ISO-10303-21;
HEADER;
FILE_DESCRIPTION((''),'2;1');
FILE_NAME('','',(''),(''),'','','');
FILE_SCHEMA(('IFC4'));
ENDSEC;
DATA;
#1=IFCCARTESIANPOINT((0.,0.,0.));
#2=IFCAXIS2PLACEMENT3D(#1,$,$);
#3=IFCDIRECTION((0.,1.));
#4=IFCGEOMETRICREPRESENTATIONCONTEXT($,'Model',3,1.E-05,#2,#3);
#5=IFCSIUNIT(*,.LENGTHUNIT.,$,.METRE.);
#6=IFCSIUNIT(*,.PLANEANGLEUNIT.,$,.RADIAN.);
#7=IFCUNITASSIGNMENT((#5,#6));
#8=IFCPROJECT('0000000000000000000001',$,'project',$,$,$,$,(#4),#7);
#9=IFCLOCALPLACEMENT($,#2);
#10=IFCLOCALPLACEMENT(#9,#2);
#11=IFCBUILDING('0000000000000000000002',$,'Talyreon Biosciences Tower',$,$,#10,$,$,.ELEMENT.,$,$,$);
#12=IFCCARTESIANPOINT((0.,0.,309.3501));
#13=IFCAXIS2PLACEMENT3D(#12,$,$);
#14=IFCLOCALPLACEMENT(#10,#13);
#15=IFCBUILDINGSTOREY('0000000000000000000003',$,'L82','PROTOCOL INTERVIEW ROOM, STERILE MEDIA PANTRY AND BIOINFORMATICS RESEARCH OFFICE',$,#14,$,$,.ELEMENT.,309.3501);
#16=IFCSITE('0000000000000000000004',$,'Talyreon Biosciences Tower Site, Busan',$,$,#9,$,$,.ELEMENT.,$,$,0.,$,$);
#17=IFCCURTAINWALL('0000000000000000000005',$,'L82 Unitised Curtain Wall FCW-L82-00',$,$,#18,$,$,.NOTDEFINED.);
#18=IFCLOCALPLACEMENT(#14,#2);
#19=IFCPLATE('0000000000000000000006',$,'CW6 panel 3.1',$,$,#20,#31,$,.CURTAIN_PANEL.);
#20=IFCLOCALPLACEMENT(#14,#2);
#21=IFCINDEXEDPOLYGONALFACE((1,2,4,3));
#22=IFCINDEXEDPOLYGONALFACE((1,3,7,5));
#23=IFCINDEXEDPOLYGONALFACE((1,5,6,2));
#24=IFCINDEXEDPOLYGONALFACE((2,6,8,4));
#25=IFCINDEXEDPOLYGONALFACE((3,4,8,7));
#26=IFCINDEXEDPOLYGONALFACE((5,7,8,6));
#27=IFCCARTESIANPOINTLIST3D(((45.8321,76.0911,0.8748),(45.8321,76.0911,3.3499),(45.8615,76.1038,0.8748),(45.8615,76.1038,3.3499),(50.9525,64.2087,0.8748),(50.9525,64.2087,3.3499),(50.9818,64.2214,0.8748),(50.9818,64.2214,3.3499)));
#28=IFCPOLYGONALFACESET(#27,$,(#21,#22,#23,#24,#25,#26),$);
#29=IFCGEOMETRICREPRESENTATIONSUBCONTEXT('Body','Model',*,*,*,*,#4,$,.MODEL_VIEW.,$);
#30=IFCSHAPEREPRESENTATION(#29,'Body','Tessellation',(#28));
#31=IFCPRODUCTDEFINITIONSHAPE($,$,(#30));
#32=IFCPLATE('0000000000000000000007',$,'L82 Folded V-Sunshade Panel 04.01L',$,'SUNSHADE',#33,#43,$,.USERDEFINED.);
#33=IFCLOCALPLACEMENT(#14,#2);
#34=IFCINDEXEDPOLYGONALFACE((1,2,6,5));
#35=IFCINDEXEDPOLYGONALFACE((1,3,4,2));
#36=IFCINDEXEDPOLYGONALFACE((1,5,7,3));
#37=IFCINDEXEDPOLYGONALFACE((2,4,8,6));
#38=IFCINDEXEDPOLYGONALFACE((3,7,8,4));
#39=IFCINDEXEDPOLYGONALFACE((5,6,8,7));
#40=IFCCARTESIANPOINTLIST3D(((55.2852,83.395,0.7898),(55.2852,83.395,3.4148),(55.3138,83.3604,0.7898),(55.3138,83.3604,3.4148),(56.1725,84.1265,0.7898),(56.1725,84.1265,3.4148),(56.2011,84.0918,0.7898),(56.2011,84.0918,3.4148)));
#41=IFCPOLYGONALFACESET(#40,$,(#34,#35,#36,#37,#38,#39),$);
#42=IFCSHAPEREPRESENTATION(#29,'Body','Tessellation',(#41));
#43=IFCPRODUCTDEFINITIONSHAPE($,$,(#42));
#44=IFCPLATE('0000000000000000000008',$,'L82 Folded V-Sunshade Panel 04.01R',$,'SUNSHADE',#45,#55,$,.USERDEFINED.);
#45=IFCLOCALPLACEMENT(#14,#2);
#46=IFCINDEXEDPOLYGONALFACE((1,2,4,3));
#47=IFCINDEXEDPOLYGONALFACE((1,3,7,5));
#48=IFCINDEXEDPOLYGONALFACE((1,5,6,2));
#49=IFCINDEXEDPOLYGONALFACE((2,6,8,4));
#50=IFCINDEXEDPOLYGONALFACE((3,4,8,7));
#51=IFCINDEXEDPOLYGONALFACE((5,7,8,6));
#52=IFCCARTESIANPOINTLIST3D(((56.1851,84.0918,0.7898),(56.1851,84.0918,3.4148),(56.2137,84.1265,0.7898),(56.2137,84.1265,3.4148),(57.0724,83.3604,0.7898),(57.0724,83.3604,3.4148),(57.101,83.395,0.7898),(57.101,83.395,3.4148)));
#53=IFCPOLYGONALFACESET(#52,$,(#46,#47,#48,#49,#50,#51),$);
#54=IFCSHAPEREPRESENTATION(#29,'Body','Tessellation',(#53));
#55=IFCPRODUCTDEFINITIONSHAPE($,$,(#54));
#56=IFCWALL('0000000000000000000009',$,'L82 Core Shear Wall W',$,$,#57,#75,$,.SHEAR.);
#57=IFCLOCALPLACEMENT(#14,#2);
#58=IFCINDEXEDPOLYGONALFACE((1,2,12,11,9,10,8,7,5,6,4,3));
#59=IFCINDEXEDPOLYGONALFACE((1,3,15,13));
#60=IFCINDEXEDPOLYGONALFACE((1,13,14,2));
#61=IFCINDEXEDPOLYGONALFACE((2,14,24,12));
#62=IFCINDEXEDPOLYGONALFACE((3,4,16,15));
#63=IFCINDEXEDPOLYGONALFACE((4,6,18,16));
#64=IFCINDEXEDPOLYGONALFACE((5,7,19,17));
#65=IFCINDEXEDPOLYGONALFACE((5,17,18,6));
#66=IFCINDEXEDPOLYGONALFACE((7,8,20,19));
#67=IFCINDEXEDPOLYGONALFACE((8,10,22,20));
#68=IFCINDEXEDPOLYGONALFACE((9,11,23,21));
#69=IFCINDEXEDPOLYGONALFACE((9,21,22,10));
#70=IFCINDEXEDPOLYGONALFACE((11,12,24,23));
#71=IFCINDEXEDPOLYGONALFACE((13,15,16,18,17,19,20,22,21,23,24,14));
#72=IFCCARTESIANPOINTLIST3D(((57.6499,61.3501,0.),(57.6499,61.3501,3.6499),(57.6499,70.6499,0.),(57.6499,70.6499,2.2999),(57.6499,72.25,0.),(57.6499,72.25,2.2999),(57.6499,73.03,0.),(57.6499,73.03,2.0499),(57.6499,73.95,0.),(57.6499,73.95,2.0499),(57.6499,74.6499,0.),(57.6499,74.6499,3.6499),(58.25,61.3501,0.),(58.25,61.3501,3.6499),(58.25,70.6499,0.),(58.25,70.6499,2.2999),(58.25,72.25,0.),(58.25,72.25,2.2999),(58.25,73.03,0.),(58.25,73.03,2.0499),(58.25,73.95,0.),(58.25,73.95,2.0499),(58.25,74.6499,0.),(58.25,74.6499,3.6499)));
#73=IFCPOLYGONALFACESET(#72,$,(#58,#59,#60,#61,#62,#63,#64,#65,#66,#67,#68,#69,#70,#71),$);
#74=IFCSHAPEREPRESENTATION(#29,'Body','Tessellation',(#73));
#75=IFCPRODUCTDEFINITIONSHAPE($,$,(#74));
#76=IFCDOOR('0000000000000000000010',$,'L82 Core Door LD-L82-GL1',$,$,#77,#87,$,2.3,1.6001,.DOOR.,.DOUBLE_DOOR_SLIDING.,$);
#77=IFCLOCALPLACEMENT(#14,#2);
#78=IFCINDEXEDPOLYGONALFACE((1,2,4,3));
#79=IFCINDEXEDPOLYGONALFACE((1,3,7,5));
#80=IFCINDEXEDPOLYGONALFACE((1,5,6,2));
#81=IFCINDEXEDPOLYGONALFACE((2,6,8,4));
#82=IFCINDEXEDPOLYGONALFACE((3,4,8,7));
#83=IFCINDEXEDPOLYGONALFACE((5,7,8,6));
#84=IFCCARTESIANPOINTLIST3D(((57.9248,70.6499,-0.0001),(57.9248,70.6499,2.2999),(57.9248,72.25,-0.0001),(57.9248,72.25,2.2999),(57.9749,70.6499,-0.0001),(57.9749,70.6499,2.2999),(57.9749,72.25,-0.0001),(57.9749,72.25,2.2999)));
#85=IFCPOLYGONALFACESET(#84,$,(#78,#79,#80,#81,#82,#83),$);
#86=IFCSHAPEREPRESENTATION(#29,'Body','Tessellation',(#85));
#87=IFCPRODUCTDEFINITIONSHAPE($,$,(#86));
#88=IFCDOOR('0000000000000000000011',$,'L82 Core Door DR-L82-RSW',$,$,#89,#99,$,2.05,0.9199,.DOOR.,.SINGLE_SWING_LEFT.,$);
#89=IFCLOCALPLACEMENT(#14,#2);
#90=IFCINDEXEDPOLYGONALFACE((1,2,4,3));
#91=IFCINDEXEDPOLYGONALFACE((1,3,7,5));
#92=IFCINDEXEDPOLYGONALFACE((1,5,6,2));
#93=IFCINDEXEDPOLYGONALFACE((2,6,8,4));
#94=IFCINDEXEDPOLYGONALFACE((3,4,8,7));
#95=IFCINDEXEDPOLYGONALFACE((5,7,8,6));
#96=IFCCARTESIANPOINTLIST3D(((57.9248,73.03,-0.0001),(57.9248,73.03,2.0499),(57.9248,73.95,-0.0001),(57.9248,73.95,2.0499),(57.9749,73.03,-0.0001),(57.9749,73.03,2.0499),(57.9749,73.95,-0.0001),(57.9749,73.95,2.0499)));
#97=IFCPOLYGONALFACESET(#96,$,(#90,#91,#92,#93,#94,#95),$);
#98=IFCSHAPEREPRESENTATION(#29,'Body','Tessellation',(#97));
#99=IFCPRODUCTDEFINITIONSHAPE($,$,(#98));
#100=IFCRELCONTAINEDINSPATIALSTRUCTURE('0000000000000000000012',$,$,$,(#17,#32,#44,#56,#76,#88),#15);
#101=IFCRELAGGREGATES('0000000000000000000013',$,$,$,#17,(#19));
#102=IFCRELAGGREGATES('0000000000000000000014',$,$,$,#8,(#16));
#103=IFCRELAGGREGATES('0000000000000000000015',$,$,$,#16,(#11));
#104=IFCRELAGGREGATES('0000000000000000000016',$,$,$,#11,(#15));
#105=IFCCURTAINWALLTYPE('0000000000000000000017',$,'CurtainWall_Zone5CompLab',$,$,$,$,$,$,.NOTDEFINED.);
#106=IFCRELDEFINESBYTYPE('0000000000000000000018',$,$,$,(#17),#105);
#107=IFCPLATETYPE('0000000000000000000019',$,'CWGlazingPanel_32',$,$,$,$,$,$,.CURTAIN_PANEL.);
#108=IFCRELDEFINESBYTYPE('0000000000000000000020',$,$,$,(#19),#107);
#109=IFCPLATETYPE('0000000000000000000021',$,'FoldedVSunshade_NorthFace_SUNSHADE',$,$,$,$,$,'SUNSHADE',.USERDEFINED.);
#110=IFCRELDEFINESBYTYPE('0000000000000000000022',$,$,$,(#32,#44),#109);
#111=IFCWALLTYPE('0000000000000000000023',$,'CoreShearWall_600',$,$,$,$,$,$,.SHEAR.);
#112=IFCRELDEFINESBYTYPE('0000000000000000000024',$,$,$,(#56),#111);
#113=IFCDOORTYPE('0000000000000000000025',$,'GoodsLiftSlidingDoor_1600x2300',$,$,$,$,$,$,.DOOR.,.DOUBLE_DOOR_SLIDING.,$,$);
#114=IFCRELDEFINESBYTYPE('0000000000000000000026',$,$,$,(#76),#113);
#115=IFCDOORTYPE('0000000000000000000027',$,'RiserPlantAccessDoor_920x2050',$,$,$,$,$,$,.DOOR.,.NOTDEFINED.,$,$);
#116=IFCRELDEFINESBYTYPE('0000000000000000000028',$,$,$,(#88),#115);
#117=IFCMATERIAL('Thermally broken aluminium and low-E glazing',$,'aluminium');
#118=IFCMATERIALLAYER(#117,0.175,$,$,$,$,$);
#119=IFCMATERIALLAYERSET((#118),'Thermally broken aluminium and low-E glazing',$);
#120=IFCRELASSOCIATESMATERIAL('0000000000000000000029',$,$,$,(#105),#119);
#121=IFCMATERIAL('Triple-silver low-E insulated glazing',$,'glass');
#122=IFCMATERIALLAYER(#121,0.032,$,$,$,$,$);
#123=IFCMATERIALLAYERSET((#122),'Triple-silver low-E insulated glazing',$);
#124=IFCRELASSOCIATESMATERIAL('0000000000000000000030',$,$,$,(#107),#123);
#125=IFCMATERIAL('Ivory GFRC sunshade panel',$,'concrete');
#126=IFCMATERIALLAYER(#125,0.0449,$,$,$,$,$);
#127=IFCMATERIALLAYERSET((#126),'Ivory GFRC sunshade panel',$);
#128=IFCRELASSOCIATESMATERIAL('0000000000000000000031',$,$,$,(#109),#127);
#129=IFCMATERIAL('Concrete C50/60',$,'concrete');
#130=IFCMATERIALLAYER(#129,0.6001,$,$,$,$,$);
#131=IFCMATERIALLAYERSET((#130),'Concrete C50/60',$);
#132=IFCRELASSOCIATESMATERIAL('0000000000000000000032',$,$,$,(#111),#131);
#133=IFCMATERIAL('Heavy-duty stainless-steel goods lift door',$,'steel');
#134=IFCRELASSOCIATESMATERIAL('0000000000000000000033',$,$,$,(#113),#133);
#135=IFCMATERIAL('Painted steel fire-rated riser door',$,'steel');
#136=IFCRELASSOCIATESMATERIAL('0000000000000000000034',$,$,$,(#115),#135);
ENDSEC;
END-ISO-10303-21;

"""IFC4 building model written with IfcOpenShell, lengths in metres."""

from ifc_helpers import new_model, si_unit, direction, frame, frame_2d, origin, origin_2d, place, context, subcontext, project, spatial, rectangle, extrude, material, layer, layer_set, type_object, element, fill, aggregate, save


model = new_model("IFC4")

# Units and contexts
model_context = context("Model", 3, precision=1e-05, world=origin(), true_north=direction((0.0, 1.0)))
body_context = subcontext(model_context, "Body", "Model", "MODEL_VIEW")
ifc_project = project(units=[si_unit("LENGTHUNIT", "METRE"), si_unit("PLANEANGLEUNIT", "RADIAN")], contexts=[model_context])

# Site, building, storey
site_placement = place(None, origin())
site = spatial("IfcSite", under=ifc_project, at=site_placement, Name="Talyreon Biosciences Tower Site, Busan", CompositionType="ELEMENT", RefElevation=0.0)
building_placement = place(site_placement, origin())
building = spatial("IfcBuilding", under=site, at=building_placement, Name="Talyreon Biosciences Tower", CompositionType="ELEMENT")
storey_placement = place(building_placement, frame((0.0, 0.0, 309.3501)))
storey = spatial("IfcBuildingStorey", under=building, at=storey_placement, Name="L82", Description="PROTOCOL INTERVIEW ROOM, STERILE MEDIA PANTRY AND BIOINFORMATICS RESEARCH OFFICE", CompositionType="ELEMENT", Elevation=309.3501)

# Shared definitions
ifc_material_1 = material(Name="Concrete C50/60", Category="concrete")

# Curtain wall
ifc_material_2 = material(Name="Thermally broken aluminium and low-E glazing", Category="aluminium")
ifc_layer_1 = layer(ifc_material_2, 0.175)
ifc_layer_set_1 = layer_set([ifc_layer_1], Name="Thermally broken aluminium and low-E glazing")
curtain_wall_type = type_object("IfcCurtainWallType", Name="CurtainWall_Zone5CompLab", PredefinedType="NOTDEFINED", material=ifc_layer_set_1)
curtain_wall_1_placement = place(storey_placement, origin())
curtain_wall_1 = element("IfcCurtainWall", 1, at=curtain_wall_1_placement, inside=storey, type_object=curtain_wall_type, Name="L82 Unitised Curtain Wall FCW-L82-00", PredefinedType="NOTDEFINED")

# Plate
ifc_material_3 = material(Name="Triple-silver low-E insulated glazing", Category="glass")
ifc_layer_2 = layer(ifc_material_3, 0.032)
ifc_layer_set_2 = layer_set([ifc_layer_2], Name="Triple-silver low-E insulated glazing")
plate_type_1 = type_object("IfcPlateType", Name="CWGlazingPanel_32", PredefinedType="CURTAIN_PANEL", material=ifc_layer_set_2)
plate_placement = place(storey_placement, frame((48.407, 70.1562, 0.8748), z_axis=(0.0, 0.0, 1.0), x_axis=(-0.395738, 0.918363, 0.0)))
plate = element("IfcPlate", 2, at=plate_placement, type_object=plate_type_1, Name="CW6 panel 3.1", PredefinedType="CURTAIN_PANEL", context=body_context, shape_type="SweptSolid", body=[
    extrude(rectangle(XDim=12.9387, YDim=0.032, at=origin_2d()), origin(), (0.0, 0.0, 1.0), 2.4751),
])
aggregate(curtain_wall_1, [plate])

# Plates
ifc_material_4 = material(Name="Ivory GFRC sunshade panel", Category="concrete")
ifc_layer_3 = layer(ifc_material_4, 0.0449)
ifc_layer_set_3 = layer_set([ifc_layer_3], Name="Ivory GFRC sunshade panel")
plate_type_2 = type_object("IfcPlateType", Name="FoldedVSunshade_NorthFace_SUNSHADE", ElementType="SUNSHADE", PredefinedType="USERDEFINED", material=ifc_layer_set_3)
for number, where, z_axis, x_axis, name in (
    (3, (55.7432, 83.7434, 0.7898), (0.0, 0.0, 1.0), (0.771625, 0.636078, 0.0), "L82 Folded V-Sunshade Panel 04.01L"),
    (4, (56.6431, 83.7434, 0.7898), (0.0, 0.0, 1.0), (0.771625, -0.636078, 0.0), "L82 Folded V-Sunshade Panel 04.01R"),
):
    element("IfcPlate", number, at=place(storey_placement, frame(where, z_axis=z_axis, x_axis=x_axis)), inside=storey, type_object=plate_type_2, Name=name, ObjectType="SUNSHADE", PredefinedType="USERDEFINED", context=body_context, shape_type="SweptSolid", body=[
        extrude(rectangle(XDim=1.1499, YDim=0.0449, at=origin_2d()), origin(), (0.0, 0.0, 1.0), 2.625),
    ])

# Wall, openings, doors
ifc_layer_4 = layer(ifc_material_1, 0.6001)
ifc_layer_set_4 = layer_set([ifc_layer_4], Name="Concrete C50/60")
wall_type_1 = type_object("IfcWallType", Name="CoreShearWall_600", PredefinedType="SHEAR", material=ifc_layer_set_4)
wall_1_placement = place(storey_placement, frame((57.95, 74.6499, 0.0), z_axis=(0.0, 0.0, 1.0), x_axis=(0.0, -1.0, 0.0)))
wall_1 = element("IfcWall", 5, at=wall_1_placement, inside=storey, type_object=wall_type_1, Name="L82 Core Shear Wall W", PredefinedType="SHEAR", context=body_context, shape_type="SweptSolid", body=[
    extrude(rectangle(XDim=13.2998, YDim=0.6001, at=frame_2d((6.6499, 0.0))), origin(), (0.0, 0.0, 1.0), 3.6499),
])
opening_1_placement = place(wall_1_placement, frame((0.7, 0.0, 0.0)))
opening_1 = element("IfcOpeningElement", 6, at=opening_1_placement, cuts=wall_1, PredefinedType="OPENING", context=body_context, shape_type="SweptSolid", body=[
    extrude(rectangle(XDim=0.9199, YDim=2.05, at=frame_2d((0.46, 1.0249))), frame((0.0, 0.3101, 0.0), z_axis=(0.0, -1.0, 0.0), x_axis=(1.0, 0.0, 0.0)), (0.0, 0.0, 1.0), 0.6201),
])
opening_2_placement = place(wall_1_placement, frame((2.3999, 0.0, 0.0)))
opening_2 = element("IfcOpeningElement", 7, at=opening_2_placement, cuts=wall_1, PredefinedType="OPENING", context=body_context, shape_type="SweptSolid", body=[
    extrude(rectangle(XDim=1.6001, YDim=2.3, at=frame_2d((0.8, 1.1499))), frame((0.0, 0.3101, 0.0), z_axis=(0.0, -1.0, 0.0), x_axis=(1.0, 0.0, 0.0)), (0.0, 0.0, 1.0), 0.6201),
])
ifc_material_5 = material(Name="Heavy-duty stainless-steel goods lift door", Category="steel")
door_type_1 = type_object("IfcDoorType", Name="GoodsLiftSlidingDoor_1600x2300", OperationType="DOUBLE_DOOR_SLIDING", PredefinedType="DOOR", material=ifc_material_5)
door_1_placement = place(opening_2_placement, origin())
door_1 = element("IfcDoor", 8, at=door_1_placement, inside=storey, type_object=door_type_1, Name="L82 Core Door LD-L82-GL1", OperationType="DOUBLE_DOOR_SLIDING", OverallHeight=2.3, OverallWidth=1.6001, PredefinedType="DOOR", context=body_context, shape_type="SweptSolid", body=[
    extrude(rectangle(XDim=1.6001, YDim=2.3, at=frame_2d((0.8, 1.1499))), frame((0.0, 0.0249, 0.0), z_axis=(0.0, -1.0, 0.0), x_axis=(1.0, 0.0, 0.0)), (0.0, 0.0, 1.0), 0.05),
])
fill(opening_2, door_1)
ifc_material_6 = material(Name="Painted steel fire-rated riser door", Category="steel")
door_type_2 = type_object("IfcDoorType", Name="RiserPlantAccessDoor_920x2050", OperationType="NOTDEFINED", PredefinedType="DOOR", material=ifc_material_6)
door_2_placement = place(opening_1_placement, origin())
door_2 = element("IfcDoor", 9, at=door_2_placement, inside=storey, type_object=door_type_2, Name="L82 Core Door DR-L82-RSW", OperationType="SINGLE_SWING_LEFT", OverallHeight=2.05, OverallWidth=0.9199, PredefinedType="DOOR", context=body_context, shape_type="SweptSolid", body=[
    extrude(rectangle(XDim=0.9199, YDim=2.05, at=frame_2d((0.46, 1.0249))), frame((0.0, 0.0249, 0.0), z_axis=(0.0, -1.0, 0.0), x_axis=(1.0, 0.0, 0.0)), (0.0, 0.0, 1.0), 0.05),
])
fill(opening_1, door_2)

save(model, "model.ifc")
